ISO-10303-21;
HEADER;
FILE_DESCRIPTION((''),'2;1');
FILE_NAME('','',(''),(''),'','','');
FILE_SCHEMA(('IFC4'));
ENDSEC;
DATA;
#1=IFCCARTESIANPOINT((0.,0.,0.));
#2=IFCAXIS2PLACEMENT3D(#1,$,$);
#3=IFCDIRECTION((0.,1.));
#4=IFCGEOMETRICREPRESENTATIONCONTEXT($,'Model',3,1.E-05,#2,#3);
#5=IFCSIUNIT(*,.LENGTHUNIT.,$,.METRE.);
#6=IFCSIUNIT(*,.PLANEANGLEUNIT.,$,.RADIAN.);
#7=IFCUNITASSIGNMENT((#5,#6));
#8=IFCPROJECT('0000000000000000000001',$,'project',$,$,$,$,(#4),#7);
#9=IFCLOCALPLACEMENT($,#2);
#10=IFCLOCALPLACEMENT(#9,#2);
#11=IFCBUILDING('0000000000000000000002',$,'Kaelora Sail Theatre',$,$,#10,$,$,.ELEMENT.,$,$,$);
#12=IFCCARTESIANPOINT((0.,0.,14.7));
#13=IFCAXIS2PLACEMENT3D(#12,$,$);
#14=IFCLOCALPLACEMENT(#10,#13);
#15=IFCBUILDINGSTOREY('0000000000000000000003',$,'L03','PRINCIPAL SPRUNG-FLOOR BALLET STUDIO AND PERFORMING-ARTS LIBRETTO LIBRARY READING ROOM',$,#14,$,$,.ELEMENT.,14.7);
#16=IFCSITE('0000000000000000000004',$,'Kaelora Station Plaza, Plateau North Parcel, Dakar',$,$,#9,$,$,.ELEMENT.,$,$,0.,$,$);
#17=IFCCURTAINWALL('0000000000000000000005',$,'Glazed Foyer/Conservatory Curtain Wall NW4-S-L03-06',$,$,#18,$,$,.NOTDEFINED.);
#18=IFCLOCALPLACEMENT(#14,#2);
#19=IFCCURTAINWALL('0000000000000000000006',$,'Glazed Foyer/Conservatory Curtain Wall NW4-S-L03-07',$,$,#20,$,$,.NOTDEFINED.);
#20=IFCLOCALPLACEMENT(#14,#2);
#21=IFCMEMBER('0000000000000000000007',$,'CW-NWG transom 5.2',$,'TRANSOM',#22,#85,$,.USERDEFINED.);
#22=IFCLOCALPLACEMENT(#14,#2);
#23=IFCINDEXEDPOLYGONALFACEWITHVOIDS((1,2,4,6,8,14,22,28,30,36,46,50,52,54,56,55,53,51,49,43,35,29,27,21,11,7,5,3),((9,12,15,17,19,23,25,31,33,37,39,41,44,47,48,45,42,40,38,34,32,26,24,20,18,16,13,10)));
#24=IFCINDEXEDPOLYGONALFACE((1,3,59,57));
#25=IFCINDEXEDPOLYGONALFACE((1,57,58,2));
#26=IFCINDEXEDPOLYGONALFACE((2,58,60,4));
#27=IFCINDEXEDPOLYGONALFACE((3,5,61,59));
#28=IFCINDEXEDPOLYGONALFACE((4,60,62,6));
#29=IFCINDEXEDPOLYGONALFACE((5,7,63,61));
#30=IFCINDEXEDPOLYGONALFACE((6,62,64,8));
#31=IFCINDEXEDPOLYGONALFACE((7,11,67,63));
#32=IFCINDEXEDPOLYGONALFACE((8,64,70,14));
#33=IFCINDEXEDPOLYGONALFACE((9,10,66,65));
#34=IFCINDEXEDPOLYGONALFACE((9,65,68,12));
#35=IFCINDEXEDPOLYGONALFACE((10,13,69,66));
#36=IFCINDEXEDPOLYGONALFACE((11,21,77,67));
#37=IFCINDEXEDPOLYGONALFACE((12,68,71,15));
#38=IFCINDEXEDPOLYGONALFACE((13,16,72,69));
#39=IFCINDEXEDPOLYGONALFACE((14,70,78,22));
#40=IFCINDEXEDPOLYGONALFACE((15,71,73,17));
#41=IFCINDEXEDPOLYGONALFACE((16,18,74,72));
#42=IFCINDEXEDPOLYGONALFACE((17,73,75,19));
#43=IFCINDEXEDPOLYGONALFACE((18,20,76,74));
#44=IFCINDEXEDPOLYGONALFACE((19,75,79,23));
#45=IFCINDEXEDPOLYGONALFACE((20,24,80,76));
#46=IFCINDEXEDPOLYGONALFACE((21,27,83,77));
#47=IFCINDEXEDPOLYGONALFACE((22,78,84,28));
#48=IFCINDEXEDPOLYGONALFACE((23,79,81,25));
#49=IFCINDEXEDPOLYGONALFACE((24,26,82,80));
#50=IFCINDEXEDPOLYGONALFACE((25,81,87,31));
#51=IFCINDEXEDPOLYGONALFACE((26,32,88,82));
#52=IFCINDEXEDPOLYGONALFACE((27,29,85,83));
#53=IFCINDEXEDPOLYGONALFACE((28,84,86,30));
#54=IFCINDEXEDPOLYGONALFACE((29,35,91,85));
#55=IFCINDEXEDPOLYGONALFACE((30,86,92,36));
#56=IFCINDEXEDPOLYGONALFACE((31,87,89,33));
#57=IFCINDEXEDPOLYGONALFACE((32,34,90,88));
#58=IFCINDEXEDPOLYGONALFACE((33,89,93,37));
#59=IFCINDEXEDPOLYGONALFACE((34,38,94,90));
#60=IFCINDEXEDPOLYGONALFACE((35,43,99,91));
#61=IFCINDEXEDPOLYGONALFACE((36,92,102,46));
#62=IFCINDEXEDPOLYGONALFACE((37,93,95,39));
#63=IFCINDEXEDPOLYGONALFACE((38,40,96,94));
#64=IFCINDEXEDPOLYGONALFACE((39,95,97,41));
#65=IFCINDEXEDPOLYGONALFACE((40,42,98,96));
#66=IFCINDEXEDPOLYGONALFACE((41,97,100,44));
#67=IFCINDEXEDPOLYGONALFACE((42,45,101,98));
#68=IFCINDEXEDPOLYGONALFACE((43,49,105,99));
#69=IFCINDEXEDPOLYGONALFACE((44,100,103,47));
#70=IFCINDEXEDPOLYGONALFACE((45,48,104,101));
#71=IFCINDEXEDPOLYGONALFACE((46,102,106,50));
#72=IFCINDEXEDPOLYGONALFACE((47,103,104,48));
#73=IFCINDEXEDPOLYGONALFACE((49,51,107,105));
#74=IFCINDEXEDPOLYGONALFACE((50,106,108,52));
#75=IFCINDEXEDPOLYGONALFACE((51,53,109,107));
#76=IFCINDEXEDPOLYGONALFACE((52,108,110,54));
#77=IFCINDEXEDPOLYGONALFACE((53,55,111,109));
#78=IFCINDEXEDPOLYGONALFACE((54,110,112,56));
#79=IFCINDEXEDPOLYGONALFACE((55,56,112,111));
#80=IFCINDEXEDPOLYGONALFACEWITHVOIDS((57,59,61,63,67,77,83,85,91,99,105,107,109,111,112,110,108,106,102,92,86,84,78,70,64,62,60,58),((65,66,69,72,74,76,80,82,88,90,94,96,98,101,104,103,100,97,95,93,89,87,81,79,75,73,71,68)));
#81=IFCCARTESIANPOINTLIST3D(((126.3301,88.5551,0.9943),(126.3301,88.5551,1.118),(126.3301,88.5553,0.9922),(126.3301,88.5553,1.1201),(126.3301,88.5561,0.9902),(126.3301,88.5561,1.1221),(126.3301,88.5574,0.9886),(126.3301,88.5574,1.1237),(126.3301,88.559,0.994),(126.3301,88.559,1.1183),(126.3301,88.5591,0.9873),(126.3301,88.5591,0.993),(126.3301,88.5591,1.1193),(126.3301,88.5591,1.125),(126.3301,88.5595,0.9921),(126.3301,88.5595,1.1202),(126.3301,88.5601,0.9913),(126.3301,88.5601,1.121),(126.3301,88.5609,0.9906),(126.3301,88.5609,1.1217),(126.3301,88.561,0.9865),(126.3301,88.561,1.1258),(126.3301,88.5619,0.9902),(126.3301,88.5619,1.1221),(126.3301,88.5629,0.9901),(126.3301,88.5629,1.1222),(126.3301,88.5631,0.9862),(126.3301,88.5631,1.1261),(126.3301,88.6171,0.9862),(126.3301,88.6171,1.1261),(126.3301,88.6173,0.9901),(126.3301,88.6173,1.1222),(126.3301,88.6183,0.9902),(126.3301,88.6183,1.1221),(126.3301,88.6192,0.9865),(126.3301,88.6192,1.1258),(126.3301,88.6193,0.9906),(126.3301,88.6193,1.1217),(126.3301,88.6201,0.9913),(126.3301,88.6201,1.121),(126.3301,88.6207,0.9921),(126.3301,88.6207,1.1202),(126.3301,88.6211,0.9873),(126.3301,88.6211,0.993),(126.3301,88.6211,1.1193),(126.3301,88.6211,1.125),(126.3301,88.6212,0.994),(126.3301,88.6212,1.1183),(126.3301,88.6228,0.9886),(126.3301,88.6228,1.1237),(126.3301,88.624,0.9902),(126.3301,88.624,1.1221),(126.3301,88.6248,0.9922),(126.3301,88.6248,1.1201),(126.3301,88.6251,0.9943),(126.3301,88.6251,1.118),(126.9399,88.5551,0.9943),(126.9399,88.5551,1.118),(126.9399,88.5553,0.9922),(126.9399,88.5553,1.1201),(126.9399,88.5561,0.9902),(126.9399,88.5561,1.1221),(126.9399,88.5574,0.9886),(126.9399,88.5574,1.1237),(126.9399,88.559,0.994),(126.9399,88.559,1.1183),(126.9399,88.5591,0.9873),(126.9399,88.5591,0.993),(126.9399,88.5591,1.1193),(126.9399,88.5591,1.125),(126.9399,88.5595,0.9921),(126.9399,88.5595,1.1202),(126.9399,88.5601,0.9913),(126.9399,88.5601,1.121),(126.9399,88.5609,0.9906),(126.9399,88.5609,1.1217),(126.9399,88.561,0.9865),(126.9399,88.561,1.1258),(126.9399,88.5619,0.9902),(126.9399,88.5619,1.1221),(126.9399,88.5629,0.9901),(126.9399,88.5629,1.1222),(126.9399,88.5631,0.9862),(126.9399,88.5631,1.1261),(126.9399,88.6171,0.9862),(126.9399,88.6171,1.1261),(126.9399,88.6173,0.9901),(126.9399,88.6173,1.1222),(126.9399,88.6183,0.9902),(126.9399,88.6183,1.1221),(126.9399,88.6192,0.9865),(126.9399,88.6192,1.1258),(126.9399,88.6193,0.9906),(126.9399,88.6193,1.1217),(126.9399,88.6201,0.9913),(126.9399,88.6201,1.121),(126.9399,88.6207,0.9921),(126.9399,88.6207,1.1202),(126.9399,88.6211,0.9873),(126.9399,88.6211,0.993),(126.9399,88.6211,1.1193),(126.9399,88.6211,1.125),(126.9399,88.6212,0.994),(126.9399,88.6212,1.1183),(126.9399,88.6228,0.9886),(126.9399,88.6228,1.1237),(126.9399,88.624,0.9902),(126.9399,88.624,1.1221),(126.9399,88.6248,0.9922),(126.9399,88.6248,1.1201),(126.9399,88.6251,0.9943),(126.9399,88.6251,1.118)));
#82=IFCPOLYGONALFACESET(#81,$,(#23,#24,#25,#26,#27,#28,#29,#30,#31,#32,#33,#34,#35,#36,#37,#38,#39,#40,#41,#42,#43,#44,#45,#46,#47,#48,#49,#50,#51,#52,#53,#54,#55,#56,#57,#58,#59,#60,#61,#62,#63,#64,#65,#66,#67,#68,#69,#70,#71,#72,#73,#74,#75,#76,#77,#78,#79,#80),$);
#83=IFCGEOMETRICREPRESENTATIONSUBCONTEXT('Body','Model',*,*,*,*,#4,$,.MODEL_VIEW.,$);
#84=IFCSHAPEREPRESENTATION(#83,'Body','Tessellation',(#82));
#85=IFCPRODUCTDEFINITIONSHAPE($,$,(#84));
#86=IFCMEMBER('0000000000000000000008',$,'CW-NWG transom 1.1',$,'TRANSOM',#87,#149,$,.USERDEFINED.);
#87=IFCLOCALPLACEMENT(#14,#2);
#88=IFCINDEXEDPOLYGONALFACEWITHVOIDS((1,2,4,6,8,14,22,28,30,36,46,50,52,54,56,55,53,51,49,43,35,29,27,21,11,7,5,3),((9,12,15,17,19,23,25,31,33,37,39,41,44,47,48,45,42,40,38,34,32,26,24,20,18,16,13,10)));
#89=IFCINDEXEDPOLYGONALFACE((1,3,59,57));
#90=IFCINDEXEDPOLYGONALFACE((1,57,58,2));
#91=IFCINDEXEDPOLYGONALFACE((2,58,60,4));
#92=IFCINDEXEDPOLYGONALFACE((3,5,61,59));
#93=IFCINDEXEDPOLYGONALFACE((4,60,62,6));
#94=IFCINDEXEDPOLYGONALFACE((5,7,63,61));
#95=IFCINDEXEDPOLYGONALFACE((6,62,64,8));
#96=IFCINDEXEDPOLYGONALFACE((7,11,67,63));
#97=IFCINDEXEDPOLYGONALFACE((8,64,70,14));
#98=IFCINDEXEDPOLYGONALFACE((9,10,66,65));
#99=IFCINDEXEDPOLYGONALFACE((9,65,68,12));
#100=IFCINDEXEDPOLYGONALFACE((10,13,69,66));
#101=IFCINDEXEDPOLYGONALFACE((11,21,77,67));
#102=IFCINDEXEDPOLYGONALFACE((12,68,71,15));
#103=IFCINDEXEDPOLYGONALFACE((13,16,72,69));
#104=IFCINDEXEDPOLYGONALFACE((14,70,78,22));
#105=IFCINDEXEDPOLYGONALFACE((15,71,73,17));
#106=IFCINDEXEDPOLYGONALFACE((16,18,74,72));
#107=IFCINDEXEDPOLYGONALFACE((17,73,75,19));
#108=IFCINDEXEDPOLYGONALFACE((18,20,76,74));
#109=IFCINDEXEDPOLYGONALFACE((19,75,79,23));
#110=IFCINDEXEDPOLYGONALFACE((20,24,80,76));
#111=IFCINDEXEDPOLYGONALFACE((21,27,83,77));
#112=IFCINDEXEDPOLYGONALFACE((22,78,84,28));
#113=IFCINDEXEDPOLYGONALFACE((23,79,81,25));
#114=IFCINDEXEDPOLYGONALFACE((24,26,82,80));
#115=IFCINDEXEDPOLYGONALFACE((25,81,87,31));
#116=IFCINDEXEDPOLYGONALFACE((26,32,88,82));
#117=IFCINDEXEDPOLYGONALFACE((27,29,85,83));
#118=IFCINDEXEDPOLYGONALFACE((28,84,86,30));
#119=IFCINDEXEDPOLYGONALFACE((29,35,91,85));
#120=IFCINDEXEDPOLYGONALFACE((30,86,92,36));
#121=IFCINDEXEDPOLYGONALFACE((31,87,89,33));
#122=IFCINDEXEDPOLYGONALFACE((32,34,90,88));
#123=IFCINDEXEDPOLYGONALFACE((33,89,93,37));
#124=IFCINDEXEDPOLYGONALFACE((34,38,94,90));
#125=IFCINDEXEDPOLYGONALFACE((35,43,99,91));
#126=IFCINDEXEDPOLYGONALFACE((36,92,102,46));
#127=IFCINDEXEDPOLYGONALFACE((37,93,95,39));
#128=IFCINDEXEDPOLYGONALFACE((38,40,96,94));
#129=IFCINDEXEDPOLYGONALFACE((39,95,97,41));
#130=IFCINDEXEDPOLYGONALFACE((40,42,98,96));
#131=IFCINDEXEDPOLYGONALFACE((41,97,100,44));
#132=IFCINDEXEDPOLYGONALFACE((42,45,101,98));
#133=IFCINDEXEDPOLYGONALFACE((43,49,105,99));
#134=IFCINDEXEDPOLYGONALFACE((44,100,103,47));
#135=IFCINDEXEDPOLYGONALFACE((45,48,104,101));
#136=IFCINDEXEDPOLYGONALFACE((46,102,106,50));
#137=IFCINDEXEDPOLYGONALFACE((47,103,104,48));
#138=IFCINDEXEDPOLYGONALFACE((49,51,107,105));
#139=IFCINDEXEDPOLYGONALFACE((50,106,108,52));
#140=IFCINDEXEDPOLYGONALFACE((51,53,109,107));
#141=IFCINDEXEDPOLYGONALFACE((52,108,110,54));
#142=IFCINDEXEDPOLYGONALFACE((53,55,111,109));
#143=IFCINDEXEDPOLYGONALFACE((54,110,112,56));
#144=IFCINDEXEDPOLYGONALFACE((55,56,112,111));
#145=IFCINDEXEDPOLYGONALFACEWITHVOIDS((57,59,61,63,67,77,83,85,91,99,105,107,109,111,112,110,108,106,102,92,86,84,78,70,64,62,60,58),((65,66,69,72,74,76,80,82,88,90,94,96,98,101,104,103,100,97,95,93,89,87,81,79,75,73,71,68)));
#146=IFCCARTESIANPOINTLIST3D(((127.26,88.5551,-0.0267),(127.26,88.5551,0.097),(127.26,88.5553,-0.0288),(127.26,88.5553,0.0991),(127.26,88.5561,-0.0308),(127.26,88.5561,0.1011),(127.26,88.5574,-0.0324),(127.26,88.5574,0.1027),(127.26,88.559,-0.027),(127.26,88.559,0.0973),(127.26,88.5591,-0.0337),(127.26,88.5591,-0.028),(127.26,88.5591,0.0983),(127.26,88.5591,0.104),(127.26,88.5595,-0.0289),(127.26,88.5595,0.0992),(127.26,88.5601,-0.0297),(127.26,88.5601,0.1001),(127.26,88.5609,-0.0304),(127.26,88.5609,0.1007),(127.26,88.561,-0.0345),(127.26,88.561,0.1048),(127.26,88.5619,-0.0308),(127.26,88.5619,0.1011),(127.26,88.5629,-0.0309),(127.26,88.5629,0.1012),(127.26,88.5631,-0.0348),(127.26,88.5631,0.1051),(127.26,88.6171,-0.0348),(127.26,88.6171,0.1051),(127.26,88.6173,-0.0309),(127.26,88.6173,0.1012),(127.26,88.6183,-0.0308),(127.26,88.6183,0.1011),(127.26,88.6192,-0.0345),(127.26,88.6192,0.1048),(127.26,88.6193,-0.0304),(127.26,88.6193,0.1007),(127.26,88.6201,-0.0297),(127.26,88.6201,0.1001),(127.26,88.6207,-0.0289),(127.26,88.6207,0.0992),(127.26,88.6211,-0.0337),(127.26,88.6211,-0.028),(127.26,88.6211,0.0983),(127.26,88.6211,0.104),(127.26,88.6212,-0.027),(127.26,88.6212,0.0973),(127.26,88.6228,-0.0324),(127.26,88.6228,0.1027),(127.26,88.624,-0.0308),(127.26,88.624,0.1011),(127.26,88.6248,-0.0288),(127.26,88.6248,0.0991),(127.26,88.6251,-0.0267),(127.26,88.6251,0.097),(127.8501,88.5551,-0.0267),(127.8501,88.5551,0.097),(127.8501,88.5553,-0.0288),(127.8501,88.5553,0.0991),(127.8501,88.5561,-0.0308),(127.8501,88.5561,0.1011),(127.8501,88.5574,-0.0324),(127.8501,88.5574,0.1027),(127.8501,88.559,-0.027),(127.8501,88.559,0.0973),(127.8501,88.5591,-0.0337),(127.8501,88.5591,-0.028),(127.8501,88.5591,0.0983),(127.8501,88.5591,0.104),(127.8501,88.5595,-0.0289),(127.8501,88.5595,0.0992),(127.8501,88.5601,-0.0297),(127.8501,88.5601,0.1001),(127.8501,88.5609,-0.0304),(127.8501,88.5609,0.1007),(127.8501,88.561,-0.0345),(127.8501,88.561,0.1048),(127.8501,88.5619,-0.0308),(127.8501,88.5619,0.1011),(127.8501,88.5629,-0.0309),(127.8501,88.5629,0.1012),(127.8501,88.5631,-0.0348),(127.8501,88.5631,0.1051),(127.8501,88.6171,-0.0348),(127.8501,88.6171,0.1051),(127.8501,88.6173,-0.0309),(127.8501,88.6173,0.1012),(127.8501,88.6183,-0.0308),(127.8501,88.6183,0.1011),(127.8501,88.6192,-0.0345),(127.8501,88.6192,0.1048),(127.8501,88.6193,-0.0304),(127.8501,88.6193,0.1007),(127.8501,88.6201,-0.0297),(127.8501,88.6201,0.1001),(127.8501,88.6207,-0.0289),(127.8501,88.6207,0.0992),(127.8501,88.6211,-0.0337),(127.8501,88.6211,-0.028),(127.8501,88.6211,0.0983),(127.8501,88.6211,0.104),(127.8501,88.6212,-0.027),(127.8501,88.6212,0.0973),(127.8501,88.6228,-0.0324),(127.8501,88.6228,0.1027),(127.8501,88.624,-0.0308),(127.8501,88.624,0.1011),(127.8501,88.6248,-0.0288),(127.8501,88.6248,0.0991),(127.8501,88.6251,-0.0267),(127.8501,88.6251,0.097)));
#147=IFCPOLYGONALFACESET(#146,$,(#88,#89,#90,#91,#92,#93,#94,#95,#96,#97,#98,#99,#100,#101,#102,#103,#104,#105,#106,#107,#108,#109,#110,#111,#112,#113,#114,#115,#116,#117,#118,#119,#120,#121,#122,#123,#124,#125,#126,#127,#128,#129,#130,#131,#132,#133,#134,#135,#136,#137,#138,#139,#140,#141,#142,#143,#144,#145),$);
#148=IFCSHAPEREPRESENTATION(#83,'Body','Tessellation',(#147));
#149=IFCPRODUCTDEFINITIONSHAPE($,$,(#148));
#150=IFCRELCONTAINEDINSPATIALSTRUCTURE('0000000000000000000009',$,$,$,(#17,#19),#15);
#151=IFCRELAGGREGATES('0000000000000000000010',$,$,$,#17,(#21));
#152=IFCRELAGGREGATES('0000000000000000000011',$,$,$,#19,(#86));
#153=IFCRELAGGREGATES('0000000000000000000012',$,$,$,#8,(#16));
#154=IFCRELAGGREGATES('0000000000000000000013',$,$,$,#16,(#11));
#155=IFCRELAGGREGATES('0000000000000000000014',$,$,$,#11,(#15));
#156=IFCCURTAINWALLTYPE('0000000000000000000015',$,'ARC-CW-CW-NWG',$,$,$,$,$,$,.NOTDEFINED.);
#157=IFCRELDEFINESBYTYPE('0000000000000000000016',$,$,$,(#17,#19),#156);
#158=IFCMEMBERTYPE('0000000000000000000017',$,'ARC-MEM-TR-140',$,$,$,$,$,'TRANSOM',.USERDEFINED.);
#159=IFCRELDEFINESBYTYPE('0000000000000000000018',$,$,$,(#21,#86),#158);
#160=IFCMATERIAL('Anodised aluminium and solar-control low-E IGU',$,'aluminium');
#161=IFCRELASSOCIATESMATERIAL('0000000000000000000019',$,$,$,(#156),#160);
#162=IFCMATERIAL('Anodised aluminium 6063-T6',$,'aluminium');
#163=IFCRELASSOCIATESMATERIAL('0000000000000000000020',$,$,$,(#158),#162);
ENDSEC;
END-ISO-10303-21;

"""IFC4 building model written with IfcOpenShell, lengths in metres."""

from ifc_helpers import new_model, si_unit, direction, frame, origin, origin_2d, place, context, subcontext, project, spatial, hollow_rectangle, extrude, material, material_profile, profile_set, type_object, element, aggregate, save


model = new_model("IFC4")

# Units and contexts
model_context = context("Model", 3, precision=1e-05, world=origin(), true_north=direction((0.0, 1.0)))
body_context = subcontext(model_context, "Body", "Model", "MODEL_VIEW")
ifc_project = project(units=[si_unit("LENGTHUNIT", "METRE"), si_unit("PLANEANGLEUNIT", "RADIAN")], contexts=[model_context])

# Site, building, storey
site_placement = place(None, origin())
site = spatial("IfcSite", under=ifc_project, at=site_placement, Name="Kaelora Station Plaza, Plateau North Parcel, Dakar", CompositionType="ELEMENT", RefElevation=0.0)
building_placement = place(site_placement, origin())
building = spatial("IfcBuilding", under=site, at=building_placement, Name="Kaelora Sail Theatre", CompositionType="ELEMENT")
storey_placement = place(building_placement, frame((0.0, 0.0, 14.7)))
storey = spatial("IfcBuildingStorey", under=building, at=storey_placement, Name="L03", Description="PRINCIPAL SPRUNG-FLOOR BALLET STUDIO AND PERFORMING-ARTS LIBRETTO LIBRARY READING ROOM", CompositionType="ELEMENT", Elevation=14.7)

# Curtain walls
ifc_material_1 = material(Name="Anodised aluminium and solar-control low-E IGU", Category="aluminium")
curtain_wall_type = type_object("IfcCurtainWallType", Name="ARC-CW-CW-NWG", PredefinedType="NOTDEFINED", material=ifc_material_1)
curtain_wall_1_placement = place(storey_placement, origin())
curtain_wall_1 = element("IfcCurtainWall", 1, at=curtain_wall_1_placement, inside=storey, type_object=curtain_wall_type, Name="Glazed Foyer/Conservatory Curtain Wall NW4-S-L03-06", PredefinedType="NOTDEFINED")
curtain_wall_2_placement = place(storey_placement, origin())
curtain_wall_2 = element("IfcCurtainWall", 2, at=curtain_wall_2_placement, inside=storey, type_object=curtain_wall_type, Name="Glazed Foyer/Conservatory Curtain Wall NW4-S-L03-07", PredefinedType="NOTDEFINED")

# Members
ifc_material_2 = material(Name="Anodised aluminium 6063-T6", Category="aluminium")
ifc_material_profile_1 = material_profile(ifc_material_2, hollow_rectangle(XDim=0.0701, YDim=0.1399, WallThickness=0.0039, InnerFilletRadius=0.0039, OuterFilletRadius=0.0081, at=origin_2d()), Name="ALU-TRAN 70x140x4")
ifc_profile_set_1 = profile_set([ifc_material_profile_1], Name="Anodised aluminium 6063-T6")
member_type_1 = type_object("IfcMemberType", Name="ARC-MEM-TR-140", ElementType="TRANSOM", PredefinedType="USERDEFINED", material=ifc_profile_set_1)
member_1_placement = place(storey_placement, frame((126.3301, 88.5901, 1.0562), z_axis=(1.0, 0.0, 0.0), x_axis=(0.0, 1.0, 0.0)))
member_1 = element("IfcMember", 3, at=member_1_placement, type_object=member_type_1, Name="CW-NWG transom 5.2", ObjectType="TRANSOM", PredefinedType="USERDEFINED", context=body_context, shape_type="SweptSolid", body=[
    extrude(hollow_rectangle(XDim=0.0701, YDim=0.1399, WallThickness=0.0039, InnerFilletRadius=0.0039, OuterFilletRadius=0.0081, at=origin_2d()), origin(), (0.0, 0.0, 1.0), 0.6099),
])
member_2_placement = place(storey_placement, frame((127.26, 88.5901, 0.0352), z_axis=(1.0, 0.0, 0.0), x_axis=(0.0, 1.0, 0.0)))
member_2 = element("IfcMember", 4, at=member_2_placement, type_object=member_type_1, Name="CW-NWG transom 1.1", ObjectType="TRANSOM", PredefinedType="USERDEFINED", context=body_context, shape_type="SweptSolid", body=[
    extrude(hollow_rectangle(XDim=0.0701, YDim=0.1399, WallThickness=0.0039, InnerFilletRadius=0.0039, OuterFilletRadius=0.0081, at=origin_2d()), origin(), (0.0, 0.0, 1.0), 0.5901),
])

aggregate(curtain_wall_1, [member_1])
aggregate(curtain_wall_2, [member_2])

save(model, "model.ifc")
